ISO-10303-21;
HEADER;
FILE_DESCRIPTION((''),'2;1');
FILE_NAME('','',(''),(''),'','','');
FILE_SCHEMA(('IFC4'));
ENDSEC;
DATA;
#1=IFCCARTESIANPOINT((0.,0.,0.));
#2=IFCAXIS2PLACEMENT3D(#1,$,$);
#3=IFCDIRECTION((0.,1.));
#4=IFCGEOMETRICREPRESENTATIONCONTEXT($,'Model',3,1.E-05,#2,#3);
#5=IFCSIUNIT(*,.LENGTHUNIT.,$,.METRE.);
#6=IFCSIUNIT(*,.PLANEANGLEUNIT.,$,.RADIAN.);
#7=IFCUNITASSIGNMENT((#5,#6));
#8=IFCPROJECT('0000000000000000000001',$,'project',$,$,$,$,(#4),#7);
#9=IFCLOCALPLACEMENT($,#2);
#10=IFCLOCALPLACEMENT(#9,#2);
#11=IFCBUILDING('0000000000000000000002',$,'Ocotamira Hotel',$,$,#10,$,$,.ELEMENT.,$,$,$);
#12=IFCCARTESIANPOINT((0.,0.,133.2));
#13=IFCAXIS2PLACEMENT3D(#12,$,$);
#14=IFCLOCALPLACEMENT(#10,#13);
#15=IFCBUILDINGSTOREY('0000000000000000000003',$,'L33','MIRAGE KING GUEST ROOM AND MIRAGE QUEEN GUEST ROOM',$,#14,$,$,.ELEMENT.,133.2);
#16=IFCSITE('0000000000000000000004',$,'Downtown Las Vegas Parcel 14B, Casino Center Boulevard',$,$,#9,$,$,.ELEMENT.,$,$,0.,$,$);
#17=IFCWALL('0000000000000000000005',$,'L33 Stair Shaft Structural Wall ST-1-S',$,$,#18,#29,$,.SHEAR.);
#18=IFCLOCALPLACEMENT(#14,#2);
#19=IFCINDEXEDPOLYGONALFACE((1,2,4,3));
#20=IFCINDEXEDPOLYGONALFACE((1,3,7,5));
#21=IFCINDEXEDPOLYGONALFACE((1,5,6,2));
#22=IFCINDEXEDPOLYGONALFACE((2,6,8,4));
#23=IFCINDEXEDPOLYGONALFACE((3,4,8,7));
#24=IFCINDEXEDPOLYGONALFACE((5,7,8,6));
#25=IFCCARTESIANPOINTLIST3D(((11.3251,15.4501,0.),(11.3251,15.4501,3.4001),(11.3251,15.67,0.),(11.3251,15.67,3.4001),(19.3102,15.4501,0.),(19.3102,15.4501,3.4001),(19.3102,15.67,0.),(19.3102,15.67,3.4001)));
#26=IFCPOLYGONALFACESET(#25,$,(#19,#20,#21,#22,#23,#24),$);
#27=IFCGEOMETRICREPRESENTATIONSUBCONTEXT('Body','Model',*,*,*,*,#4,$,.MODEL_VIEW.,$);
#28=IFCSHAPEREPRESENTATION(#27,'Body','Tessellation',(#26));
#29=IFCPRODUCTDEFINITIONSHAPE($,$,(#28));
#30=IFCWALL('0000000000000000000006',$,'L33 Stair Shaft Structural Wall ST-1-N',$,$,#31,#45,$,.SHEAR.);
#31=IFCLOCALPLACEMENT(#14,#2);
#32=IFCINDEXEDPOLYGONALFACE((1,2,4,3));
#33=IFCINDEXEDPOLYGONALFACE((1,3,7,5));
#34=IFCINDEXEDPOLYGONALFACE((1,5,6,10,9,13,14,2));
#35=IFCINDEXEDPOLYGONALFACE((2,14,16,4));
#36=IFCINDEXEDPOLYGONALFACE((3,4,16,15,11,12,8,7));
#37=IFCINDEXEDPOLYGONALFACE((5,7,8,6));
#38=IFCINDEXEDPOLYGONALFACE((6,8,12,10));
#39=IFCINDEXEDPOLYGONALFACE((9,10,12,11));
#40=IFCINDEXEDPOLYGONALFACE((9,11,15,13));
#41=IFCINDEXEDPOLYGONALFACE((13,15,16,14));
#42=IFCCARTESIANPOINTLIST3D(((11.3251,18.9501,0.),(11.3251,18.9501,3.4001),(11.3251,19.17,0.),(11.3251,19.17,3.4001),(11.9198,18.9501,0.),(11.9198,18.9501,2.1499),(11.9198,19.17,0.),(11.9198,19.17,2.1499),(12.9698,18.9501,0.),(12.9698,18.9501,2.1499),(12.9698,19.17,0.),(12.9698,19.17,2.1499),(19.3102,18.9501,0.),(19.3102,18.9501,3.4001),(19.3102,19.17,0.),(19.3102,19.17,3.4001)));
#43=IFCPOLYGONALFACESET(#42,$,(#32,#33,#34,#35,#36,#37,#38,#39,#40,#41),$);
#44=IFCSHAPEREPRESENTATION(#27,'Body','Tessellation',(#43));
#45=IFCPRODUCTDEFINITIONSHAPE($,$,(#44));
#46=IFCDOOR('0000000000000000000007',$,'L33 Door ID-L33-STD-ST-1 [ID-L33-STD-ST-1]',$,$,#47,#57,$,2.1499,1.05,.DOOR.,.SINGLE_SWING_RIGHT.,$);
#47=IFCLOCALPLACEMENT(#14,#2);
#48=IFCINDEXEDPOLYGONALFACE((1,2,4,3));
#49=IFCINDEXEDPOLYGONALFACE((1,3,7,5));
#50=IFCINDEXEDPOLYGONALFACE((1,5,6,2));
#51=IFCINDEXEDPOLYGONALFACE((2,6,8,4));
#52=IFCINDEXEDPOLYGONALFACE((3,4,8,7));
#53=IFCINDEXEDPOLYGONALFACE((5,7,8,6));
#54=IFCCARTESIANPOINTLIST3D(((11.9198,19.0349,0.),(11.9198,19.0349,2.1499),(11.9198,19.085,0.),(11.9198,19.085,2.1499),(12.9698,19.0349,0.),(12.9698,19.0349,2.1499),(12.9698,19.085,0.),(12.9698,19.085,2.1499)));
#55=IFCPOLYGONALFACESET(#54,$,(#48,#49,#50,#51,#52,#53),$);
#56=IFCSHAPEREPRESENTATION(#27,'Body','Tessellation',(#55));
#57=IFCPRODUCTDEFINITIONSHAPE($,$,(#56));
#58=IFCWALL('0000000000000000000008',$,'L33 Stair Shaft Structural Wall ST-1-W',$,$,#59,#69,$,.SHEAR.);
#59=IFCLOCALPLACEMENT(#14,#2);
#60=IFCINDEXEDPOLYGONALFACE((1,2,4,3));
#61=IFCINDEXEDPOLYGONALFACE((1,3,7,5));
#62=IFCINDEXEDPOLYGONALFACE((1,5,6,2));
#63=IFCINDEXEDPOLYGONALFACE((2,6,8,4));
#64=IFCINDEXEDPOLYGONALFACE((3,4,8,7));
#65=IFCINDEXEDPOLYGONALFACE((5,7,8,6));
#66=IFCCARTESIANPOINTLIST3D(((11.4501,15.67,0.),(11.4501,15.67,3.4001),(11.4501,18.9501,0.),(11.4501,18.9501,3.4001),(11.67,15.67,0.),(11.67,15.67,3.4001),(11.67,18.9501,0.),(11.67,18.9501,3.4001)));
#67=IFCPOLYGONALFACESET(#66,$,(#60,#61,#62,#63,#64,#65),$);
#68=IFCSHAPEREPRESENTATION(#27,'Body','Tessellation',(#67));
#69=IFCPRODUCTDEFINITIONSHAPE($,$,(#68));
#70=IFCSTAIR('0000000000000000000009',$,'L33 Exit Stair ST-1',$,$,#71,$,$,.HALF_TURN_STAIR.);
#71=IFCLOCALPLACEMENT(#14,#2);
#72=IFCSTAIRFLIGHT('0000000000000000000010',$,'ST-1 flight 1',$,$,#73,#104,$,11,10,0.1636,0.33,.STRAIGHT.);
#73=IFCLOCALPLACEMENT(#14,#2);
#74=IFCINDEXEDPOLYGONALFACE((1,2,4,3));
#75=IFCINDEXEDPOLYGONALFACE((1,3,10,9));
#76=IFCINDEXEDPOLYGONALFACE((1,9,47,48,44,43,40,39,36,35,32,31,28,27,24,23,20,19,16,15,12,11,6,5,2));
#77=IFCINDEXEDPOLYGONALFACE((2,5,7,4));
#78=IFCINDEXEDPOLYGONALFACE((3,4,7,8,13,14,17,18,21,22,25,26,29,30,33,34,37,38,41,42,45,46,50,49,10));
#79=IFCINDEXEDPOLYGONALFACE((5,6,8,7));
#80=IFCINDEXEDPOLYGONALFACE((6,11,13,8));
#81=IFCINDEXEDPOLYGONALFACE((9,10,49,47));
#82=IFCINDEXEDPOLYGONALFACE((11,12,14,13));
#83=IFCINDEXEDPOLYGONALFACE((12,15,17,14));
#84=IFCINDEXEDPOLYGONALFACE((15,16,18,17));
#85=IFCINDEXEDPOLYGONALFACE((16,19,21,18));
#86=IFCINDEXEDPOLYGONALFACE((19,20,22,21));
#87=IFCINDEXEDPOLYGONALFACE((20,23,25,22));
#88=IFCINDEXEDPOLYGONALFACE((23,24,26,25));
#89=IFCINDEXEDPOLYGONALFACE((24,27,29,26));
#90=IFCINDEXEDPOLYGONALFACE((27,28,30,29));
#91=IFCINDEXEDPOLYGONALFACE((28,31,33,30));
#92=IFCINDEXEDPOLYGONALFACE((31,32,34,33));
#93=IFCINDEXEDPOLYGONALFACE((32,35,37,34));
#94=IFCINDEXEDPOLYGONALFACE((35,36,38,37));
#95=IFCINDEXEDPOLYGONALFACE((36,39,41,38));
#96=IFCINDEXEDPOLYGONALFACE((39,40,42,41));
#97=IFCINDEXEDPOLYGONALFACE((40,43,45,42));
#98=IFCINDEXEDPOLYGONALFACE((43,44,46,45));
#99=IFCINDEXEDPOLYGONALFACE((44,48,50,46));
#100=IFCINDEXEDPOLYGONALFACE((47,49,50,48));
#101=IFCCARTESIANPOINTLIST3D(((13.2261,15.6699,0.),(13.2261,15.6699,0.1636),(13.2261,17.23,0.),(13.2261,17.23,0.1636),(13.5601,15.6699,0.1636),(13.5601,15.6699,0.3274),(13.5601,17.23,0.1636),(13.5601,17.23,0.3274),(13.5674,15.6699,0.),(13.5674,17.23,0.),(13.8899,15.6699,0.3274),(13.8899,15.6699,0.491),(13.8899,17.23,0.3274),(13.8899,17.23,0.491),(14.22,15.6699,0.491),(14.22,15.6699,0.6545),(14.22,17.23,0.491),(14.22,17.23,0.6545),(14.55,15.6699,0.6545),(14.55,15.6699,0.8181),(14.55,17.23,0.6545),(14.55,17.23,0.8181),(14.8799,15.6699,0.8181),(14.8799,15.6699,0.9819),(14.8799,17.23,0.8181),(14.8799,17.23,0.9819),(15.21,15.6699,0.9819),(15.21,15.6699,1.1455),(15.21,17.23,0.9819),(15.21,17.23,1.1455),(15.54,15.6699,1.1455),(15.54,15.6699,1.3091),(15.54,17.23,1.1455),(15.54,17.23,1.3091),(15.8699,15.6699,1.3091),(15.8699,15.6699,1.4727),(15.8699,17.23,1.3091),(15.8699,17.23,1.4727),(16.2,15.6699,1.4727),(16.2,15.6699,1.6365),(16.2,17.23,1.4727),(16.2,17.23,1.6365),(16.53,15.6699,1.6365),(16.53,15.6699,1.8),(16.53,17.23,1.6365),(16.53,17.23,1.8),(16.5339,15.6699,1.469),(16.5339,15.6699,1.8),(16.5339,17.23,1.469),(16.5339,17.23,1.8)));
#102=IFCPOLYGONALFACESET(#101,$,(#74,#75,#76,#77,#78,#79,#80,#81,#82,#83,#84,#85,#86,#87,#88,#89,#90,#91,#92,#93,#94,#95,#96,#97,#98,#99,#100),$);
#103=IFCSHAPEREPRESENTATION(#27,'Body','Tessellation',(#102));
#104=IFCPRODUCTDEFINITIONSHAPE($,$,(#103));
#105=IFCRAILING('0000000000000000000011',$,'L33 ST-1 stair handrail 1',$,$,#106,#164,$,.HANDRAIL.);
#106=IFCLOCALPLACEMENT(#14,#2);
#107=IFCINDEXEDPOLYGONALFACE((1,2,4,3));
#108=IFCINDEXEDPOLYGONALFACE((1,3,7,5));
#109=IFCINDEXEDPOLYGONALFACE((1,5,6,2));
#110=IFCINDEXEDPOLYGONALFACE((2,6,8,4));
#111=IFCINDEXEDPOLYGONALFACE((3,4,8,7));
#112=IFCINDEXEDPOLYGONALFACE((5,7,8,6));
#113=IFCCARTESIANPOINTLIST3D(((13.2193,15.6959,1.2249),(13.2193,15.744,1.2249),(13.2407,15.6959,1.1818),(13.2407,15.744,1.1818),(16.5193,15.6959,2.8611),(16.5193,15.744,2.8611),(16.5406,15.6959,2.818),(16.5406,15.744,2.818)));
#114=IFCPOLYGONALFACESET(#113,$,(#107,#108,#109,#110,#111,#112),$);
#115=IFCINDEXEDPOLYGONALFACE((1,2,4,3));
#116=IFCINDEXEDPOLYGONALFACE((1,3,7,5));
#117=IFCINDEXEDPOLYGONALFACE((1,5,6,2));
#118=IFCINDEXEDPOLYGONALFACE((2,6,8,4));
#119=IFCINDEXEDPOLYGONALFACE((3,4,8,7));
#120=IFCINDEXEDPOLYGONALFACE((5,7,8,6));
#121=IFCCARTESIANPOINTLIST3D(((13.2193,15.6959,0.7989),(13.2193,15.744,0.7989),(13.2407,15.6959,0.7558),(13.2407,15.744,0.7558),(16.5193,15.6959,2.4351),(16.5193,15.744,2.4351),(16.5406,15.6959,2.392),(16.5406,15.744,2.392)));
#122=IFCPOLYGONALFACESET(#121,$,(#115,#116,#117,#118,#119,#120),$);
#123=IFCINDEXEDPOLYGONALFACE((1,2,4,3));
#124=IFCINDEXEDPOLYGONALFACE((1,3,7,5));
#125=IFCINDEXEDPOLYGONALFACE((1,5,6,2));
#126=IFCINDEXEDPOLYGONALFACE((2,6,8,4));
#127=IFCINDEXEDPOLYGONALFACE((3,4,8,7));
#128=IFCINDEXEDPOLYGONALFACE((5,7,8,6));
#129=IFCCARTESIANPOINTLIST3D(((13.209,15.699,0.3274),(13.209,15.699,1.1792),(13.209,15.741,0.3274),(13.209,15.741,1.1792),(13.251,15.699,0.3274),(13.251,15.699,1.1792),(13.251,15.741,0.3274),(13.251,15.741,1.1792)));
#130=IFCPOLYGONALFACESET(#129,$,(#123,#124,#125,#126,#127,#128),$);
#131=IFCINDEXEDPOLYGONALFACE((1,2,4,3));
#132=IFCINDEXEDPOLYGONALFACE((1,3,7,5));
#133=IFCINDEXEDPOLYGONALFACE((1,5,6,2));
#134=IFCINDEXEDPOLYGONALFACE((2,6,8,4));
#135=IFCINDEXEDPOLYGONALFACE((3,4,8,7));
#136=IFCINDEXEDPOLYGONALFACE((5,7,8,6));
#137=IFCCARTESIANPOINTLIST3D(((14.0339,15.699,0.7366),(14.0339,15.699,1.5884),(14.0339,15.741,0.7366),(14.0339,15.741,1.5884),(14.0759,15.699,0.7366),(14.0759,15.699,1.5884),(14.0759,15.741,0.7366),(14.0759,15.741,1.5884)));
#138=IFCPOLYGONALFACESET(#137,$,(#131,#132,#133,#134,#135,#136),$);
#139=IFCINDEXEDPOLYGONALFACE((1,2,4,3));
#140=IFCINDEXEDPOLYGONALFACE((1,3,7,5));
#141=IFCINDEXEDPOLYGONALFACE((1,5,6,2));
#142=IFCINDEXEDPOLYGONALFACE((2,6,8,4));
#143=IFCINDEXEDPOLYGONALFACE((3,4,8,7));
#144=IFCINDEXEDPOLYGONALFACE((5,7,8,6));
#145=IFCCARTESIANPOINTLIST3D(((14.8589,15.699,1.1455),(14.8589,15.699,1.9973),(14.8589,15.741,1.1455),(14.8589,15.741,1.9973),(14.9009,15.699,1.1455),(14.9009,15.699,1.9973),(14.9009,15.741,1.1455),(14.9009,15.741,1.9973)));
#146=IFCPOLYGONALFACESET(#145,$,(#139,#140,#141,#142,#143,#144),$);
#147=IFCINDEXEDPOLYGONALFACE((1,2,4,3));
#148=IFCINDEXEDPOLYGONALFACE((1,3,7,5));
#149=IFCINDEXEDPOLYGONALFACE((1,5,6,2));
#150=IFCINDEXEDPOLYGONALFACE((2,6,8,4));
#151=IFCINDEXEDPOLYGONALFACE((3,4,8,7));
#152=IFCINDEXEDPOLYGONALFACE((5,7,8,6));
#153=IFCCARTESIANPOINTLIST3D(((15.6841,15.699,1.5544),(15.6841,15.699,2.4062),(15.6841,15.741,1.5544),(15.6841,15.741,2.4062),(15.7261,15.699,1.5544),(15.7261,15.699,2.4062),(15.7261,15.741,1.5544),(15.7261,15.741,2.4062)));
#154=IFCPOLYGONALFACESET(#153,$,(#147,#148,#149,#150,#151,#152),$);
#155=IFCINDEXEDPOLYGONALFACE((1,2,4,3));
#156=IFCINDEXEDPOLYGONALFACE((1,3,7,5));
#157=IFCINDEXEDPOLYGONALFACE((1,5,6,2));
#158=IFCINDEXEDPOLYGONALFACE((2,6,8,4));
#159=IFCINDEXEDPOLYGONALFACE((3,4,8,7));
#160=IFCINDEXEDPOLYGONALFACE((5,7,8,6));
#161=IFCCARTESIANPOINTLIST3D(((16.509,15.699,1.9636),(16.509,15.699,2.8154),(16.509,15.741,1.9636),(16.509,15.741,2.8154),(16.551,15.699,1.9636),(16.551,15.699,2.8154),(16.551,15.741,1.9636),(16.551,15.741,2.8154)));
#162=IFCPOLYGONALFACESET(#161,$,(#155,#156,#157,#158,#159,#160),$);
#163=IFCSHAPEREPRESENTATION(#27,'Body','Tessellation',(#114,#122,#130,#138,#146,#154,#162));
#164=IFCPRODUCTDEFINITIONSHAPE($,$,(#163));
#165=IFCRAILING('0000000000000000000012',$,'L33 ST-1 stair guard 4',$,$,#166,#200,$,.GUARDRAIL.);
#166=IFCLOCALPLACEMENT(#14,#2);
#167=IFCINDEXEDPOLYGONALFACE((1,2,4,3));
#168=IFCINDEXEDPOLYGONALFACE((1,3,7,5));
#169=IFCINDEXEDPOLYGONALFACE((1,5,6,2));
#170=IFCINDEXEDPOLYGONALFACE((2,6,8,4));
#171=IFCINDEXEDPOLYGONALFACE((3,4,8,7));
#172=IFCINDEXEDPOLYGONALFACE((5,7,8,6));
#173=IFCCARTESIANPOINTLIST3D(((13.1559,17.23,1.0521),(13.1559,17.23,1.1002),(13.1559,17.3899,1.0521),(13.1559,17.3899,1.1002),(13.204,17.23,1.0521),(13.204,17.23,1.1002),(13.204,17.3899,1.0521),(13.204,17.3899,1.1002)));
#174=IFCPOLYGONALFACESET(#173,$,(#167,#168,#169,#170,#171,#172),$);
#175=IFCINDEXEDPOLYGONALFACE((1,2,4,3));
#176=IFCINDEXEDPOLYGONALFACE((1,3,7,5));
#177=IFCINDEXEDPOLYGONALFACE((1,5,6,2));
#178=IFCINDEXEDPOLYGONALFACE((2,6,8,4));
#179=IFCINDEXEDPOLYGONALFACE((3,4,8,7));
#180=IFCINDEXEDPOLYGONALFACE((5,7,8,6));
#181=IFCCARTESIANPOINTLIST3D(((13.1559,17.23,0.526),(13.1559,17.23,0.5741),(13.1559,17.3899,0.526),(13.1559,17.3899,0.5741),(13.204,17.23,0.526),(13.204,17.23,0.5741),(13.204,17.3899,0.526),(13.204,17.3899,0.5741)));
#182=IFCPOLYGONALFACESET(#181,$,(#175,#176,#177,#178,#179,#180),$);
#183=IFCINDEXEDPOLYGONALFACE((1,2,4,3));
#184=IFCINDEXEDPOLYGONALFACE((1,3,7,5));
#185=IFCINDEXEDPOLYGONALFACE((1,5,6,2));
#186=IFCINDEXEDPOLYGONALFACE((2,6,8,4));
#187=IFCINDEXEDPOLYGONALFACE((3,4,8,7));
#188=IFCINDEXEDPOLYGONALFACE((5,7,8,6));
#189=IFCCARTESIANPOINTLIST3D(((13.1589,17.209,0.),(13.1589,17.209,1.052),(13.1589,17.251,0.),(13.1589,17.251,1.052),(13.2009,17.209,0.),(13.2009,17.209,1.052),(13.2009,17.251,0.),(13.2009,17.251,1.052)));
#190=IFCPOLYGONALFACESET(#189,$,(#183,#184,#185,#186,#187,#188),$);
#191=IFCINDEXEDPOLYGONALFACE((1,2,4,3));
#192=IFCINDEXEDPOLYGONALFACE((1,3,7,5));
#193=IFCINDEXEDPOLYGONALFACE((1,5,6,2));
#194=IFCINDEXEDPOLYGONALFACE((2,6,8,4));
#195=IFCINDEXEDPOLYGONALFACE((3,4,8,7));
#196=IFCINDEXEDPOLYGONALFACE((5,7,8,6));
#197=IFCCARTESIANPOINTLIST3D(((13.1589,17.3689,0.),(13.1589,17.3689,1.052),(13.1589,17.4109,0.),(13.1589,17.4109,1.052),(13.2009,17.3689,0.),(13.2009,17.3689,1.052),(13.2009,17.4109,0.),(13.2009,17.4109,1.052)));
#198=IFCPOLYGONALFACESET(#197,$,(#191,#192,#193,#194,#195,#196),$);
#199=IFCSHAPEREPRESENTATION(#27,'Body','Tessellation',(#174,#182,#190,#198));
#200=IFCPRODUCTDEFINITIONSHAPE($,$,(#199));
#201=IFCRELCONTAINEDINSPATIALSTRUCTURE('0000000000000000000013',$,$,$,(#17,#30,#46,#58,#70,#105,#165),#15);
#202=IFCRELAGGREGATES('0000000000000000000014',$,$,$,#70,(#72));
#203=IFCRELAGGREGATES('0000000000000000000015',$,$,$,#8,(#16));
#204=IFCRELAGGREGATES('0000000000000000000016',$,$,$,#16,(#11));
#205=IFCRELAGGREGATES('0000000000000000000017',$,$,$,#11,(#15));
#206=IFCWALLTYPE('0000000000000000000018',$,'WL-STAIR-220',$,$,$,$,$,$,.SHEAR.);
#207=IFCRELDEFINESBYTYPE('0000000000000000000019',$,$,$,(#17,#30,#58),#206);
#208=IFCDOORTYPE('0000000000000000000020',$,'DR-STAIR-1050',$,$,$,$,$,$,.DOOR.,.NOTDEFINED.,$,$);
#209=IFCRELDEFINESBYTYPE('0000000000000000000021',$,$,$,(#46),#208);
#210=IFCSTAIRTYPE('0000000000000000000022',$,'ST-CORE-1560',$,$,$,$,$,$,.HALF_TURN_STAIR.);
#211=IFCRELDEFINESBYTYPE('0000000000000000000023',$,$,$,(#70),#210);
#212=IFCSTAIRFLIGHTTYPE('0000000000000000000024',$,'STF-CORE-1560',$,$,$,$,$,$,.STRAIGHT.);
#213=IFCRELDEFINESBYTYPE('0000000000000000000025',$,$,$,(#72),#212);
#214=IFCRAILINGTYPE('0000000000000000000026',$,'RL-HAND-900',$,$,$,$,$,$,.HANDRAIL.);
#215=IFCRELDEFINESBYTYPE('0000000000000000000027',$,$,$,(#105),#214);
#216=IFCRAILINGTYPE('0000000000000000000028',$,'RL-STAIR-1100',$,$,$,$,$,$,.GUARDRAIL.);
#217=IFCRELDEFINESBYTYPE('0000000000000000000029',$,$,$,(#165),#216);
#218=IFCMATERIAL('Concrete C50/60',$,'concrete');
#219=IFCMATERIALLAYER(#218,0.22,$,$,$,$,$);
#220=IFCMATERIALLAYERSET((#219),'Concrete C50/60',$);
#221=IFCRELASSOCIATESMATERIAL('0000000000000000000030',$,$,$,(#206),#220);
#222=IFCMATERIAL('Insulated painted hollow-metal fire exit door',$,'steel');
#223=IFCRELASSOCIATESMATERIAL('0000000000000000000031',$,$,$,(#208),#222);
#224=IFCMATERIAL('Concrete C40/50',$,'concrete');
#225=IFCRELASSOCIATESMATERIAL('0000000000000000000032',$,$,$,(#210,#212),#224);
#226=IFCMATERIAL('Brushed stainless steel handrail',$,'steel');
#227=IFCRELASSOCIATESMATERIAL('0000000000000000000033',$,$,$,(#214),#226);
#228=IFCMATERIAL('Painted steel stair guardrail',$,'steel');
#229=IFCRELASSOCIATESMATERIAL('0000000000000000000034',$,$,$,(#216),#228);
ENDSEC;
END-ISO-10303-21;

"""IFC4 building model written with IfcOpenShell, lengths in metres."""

from ifc_helpers import new_model, si_unit, direction, frame, frame_2d, origin, origin_2d, place, context, subcontext, project, spatial, polyline, rectangle, outline, extrude, source, transform, mapped, material, layer, layer_set, type_object, element, fill, aggregate, save


model = new_model("IFC4")

# Units and contexts
model_context = context("Model", 3, precision=1e-05, world=origin(), true_north=direction((0.0, 1.0)))
body_context = subcontext(model_context, "Body", "Model", "MODEL_VIEW")
ifc_project = project(units=[si_unit("LENGTHUNIT", "METRE"), si_unit("PLANEANGLEUNIT", "RADIAN")], contexts=[model_context])

# Site, building, storey
site_placement = place(None, origin())
site = spatial("IfcSite", under=ifc_project, at=site_placement, Name="Downtown Las Vegas Parcel 14B, Casino Center Boulevard", CompositionType="ELEMENT", RefElevation=0.0)
building_placement = place(site_placement, origin())
building = spatial("IfcBuilding", under=site, at=building_placement, Name="Ocotamira Hotel", CompositionType="ELEMENT")
storey_placement = place(building_placement, frame((0.0, 0.0, 133.2)))
storey = spatial("IfcBuildingStorey", under=building, at=storey_placement, Name="L33", Description="MIRAGE KING GUEST ROOM AND MIRAGE QUEEN GUEST ROOM", CompositionType="ELEMENT", Elevation=133.2)

# Wall
ifc_material_1 = material(Name="Concrete C50/60", Category="concrete")
ifc_layer_1 = layer(ifc_material_1, 0.22)
ifc_layer_set_1 = layer_set([ifc_layer_1], Name="Concrete C50/60")
wall_type_1 = type_object("IfcWallType", Name="WL-STAIR-220", PredefinedType="SHEAR", material=ifc_layer_set_1)
wall_1_placement = place(storey_placement, frame((11.325, 15.5601, 0.0), z_axis=(0.0, 0.0, 1.0), x_axis=(1.0, 0.0, 0.0)))
element("IfcWall", 1, at=wall_1_placement, inside=storey, type_object=wall_type_1, Name="L33 Stair Shaft Structural Wall ST-1-S", PredefinedType="SHEAR", context=body_context, shape_type="SweptSolid", body=[
    extrude(rectangle(XDim=7.9851, YDim=0.22, at=frame_2d((3.9927, 0.0))), origin(), (0.0, 0.0, 1.0), 3.4001),
])

# Wall, opening, door
wall_2_placement = place(storey_placement, frame((11.325, 19.0601, 0.0), z_axis=(0.0, 0.0, 1.0), x_axis=(1.0, 0.0, 0.0)))
wall_2 = element("IfcWall", 2, at=wall_2_placement, inside=storey, type_object=wall_type_1, Name="L33 Stair Shaft Structural Wall ST-1-N", PredefinedType="SHEAR", context=body_context, shape_type="SweptSolid", body=[
    extrude(rectangle(XDim=7.9851, YDim=0.22, at=frame_2d((3.9927, 0.0))), origin(), (0.0, 0.0, 1.0), 3.4001),
])
opening_1_placement = place(wall_2_placement, frame((0.595, 0.0, 0.0)))
opening_1 = element("IfcOpeningElement", 3, at=opening_1_placement, cuts=wall_2, PredefinedType="OPENING", context=body_context, shape_type="SweptSolid", body=[
    extrude(rectangle(XDim=1.05, YDim=2.1499, at=frame_2d((0.5249, 1.075))), frame((0.0, 0.1201, 0.0), z_axis=(0.0, -1.0, 0.0), x_axis=(1.0, 0.0, 0.0)), (0.0, 0.0, 1.0), 0.24),
])
ifc_material_2 = material(Name="Insulated painted hollow-metal fire exit door", Category="steel")
door_type_1 = type_object("IfcDoorType", Name="DR-STAIR-1050", OperationType="NOTDEFINED", PredefinedType="DOOR", material=ifc_material_2)
shared_shape_1 = source(origin(), body_context, "Body", "SweptSolid", [
    extrude(rectangle(XDim=1.05, YDim=2.1499, at=frame_2d((0.5249, 1.075))), frame((0.0, 0.0249, 0.0), z_axis=(0.0, -1.0, 0.0), x_axis=(1.0, 0.0, 0.0)), (0.0, 0.0, 1.0), 0.05),
])
door_1_placement = place(opening_1_placement, origin())
door_1 = element("IfcDoor", 4, at=door_1_placement, inside=storey, type_object=door_type_1, Name="L33 Door ID-L33-STD-ST-1 [ID-L33-STD-ST-1]", OperationType="SINGLE_SWING_RIGHT", OverallHeight=2.1499, OverallWidth=1.05, PredefinedType="DOOR", context=body_context, shape_type="MappedRepresentation", body=[
    mapped(shared_shape_1, transform((0.0, 0.0, 0.0), scale=1.0)),
])
fill(opening_1, door_1)

# Wall
wall_3_placement = place(storey_placement, frame((11.5601, 15.6699, 0.0), z_axis=(0.0, 0.0, 1.0), x_axis=(0.0, 1.0, 0.0)))
element("IfcWall", 5, at=wall_3_placement, inside=storey, type_object=wall_type_1, Name="L33 Stair Shaft Structural Wall ST-1-W", PredefinedType="SHEAR", context=body_context, shape_type="SweptSolid", body=[
    extrude(rectangle(XDim=3.28, YDim=0.22, at=frame_2d((1.6401, 0.0))), origin(), (0.0, 0.0, 1.0), 3.4001),
])

# Stair, stair flight
ifc_material_3 = material(Name="Concrete C40/50", Category="concrete")
stair_type = type_object("IfcStairType", Name="ST-CORE-1560", PredefinedType="HALF_TURN_STAIR", material=ifc_material_3)
stair_placement = place(storey_placement, origin())
stair = element("IfcStair", 6, at=stair_placement, inside=storey, type_object=stair_type, Name="L33 Exit Stair ST-1", PredefinedType="HALF_TURN_STAIR")
stair_flight_type = type_object("IfcStairFlightType", Name="STF-CORE-1560", PredefinedType="STRAIGHT", material=ifc_material_3)
shared_shape_2 = source(origin(), body_context, "Body", "SweptSolid", [
    extrude(outline(polyline([(-0.0039, 0.0), (-0.0039, 0.1636), (0.3301, 0.1636), (0.3301, 0.3274), (0.6599, 0.3274), (0.6599, 0.491), (0.99, 0.491), (0.99, 0.6545), (1.3201, 0.6545), (1.3201, 0.8181), (1.6499, 0.8181), (1.6499, 0.9819), (1.98, 0.9819), (1.98, 1.1455), (2.3101, 1.1455), (2.3101, 1.3091), (2.6399, 1.3091), (2.6399, 1.4727), (2.97, 1.4727), (2.97, 1.6365), (3.3, 1.6365), (3.3, 1.8), (3.304, 1.8), (3.304, 1.469), (0.3374, 0.0), (-0.0039, 0.0)])), frame((0.0, 0.78, 0.0), z_axis=(0.0, -1.0, 0.0), x_axis=(1.0, 0.0, 0.0)), (0.0, 0.0, 1.0), 1.5601),
])
stair_flight_placement = place(storey_placement, frame((13.23, 16.45, 0.0), z_axis=(0.0, 0.0, 1.0), x_axis=(1.0, 0.0, 0.0)))
stair_flight = element("IfcStairFlight", 7, at=stair_flight_placement, type_object=stair_flight_type, Name="ST-1 flight 1", NumberOfRisers=11, NumberOfTreads=10, PredefinedType="STRAIGHT", RiserHeight=0.1636, TreadLength=0.33, context=body_context, shape_type="MappedRepresentation", body=[
    mapped(shared_shape_2, transform((0.0, 0.0, 0.0), scale=1.0)),
])
aggregate(stair, [stair_flight])

# Railings
ifc_material_4 = material(Name="Brushed stainless steel handrail", Category="steel")
railing_type_1 = type_object("IfcRailingType", Name="RL-HAND-900", PredefinedType="HANDRAIL", material=ifc_material_4)
railing_1_placement = place(storey_placement, frame((13.23, 15.72, 0.3274)))
element("IfcRailing", 8, at=railing_1_placement, inside=storey, type_object=railing_type_1, Name="L33 ST-1 stair handrail 1", PredefinedType="HANDRAIL", context=body_context, shape_type="SweptSolid", body=[
    extrude(rectangle(XDim=0.0481, YDim=0.0481, at=origin_2d()), frame((0.0, 0.0, 0.876), z_axis=(0.89592, 0.0, 0.444215), x_axis=(0.0, 1.0, 0.0)), (0.0, 0.0, 1.0), 3.6833),
    extrude(rectangle(XDim=0.0481, YDim=0.0481, at=origin_2d()), frame((0.0, 0.0, 0.45), z_axis=(0.89592, 0.0, 0.444215), x_axis=(0.0, 1.0, 0.0)), (0.0, 0.0, 1.0), 3.6833),
    extrude(rectangle(XDim=0.042, YDim=0.042, at=origin_2d()), origin(), (0.0, 0.0, 1.0), 0.8518),
    extrude(rectangle(XDim=0.042, YDim=0.042, at=origin_2d()), frame((0.825, 0.0, 0.4092)), (0.0, 0.0, 1.0), 0.8518),
    extrude(rectangle(XDim=0.042, YDim=0.042, at=origin_2d()), frame((1.6499, 0.0, 0.8181)), (0.0, 0.0, 1.0), 0.8518),
    extrude(rectangle(XDim=0.042, YDim=0.042, at=origin_2d()), frame((2.4751, 0.0, 1.2271)), (0.0, 0.0, 1.0), 0.8518),
    extrude(rectangle(XDim=0.042, YDim=0.042, at=origin_2d()), frame((3.3, 0.0, 1.6362)), (0.0, 0.0, 1.0), 0.8518),
])
ifc_material_5 = material(Name="Painted steel stair guardrail", Category="steel")
railing_type_2 = type_object("IfcRailingType", Name="RL-STAIR-1100", PredefinedType="GUARDRAIL", material=ifc_material_5)
railing_2_placement = place(storey_placement, frame((13.1799, 17.23, 0.0)))
element("IfcRailing", 9, at=railing_2_placement, inside=storey, type_object=railing_type_2, Name="L33 ST-1 stair guard 4", PredefinedType="GUARDRAIL", context=body_context, shape_type="SweptSolid", body=[
    extrude(rectangle(XDim=0.0481, YDim=0.0481, at=origin_2d()), frame((0.0, 0.0, 1.0762), z_axis=(0.0, 1.0, 0.0), x_axis=(-1.0, 0.0, 0.0)), (0.0, 0.0, 1.0), 0.1599),
    extrude(rectangle(XDim=0.0481, YDim=0.0481, at=origin_2d()), frame((0.0, 0.0, 0.55), z_axis=(0.0, 1.0, 0.0), x_axis=(-1.0, 0.0, 0.0)), (0.0, 0.0, 1.0), 0.1599),
    extrude(rectangle(XDim=0.042, YDim=0.042, at=origin_2d()), origin(), (0.0, 0.0, 1.0), 1.052),
    extrude(rectangle(XDim=0.042, YDim=0.042, at=origin_2d()), frame((0.0, 0.1599, 0.0)), (0.0, 0.0, 1.0), 1.052),
])

save(model, "model.ifc")
